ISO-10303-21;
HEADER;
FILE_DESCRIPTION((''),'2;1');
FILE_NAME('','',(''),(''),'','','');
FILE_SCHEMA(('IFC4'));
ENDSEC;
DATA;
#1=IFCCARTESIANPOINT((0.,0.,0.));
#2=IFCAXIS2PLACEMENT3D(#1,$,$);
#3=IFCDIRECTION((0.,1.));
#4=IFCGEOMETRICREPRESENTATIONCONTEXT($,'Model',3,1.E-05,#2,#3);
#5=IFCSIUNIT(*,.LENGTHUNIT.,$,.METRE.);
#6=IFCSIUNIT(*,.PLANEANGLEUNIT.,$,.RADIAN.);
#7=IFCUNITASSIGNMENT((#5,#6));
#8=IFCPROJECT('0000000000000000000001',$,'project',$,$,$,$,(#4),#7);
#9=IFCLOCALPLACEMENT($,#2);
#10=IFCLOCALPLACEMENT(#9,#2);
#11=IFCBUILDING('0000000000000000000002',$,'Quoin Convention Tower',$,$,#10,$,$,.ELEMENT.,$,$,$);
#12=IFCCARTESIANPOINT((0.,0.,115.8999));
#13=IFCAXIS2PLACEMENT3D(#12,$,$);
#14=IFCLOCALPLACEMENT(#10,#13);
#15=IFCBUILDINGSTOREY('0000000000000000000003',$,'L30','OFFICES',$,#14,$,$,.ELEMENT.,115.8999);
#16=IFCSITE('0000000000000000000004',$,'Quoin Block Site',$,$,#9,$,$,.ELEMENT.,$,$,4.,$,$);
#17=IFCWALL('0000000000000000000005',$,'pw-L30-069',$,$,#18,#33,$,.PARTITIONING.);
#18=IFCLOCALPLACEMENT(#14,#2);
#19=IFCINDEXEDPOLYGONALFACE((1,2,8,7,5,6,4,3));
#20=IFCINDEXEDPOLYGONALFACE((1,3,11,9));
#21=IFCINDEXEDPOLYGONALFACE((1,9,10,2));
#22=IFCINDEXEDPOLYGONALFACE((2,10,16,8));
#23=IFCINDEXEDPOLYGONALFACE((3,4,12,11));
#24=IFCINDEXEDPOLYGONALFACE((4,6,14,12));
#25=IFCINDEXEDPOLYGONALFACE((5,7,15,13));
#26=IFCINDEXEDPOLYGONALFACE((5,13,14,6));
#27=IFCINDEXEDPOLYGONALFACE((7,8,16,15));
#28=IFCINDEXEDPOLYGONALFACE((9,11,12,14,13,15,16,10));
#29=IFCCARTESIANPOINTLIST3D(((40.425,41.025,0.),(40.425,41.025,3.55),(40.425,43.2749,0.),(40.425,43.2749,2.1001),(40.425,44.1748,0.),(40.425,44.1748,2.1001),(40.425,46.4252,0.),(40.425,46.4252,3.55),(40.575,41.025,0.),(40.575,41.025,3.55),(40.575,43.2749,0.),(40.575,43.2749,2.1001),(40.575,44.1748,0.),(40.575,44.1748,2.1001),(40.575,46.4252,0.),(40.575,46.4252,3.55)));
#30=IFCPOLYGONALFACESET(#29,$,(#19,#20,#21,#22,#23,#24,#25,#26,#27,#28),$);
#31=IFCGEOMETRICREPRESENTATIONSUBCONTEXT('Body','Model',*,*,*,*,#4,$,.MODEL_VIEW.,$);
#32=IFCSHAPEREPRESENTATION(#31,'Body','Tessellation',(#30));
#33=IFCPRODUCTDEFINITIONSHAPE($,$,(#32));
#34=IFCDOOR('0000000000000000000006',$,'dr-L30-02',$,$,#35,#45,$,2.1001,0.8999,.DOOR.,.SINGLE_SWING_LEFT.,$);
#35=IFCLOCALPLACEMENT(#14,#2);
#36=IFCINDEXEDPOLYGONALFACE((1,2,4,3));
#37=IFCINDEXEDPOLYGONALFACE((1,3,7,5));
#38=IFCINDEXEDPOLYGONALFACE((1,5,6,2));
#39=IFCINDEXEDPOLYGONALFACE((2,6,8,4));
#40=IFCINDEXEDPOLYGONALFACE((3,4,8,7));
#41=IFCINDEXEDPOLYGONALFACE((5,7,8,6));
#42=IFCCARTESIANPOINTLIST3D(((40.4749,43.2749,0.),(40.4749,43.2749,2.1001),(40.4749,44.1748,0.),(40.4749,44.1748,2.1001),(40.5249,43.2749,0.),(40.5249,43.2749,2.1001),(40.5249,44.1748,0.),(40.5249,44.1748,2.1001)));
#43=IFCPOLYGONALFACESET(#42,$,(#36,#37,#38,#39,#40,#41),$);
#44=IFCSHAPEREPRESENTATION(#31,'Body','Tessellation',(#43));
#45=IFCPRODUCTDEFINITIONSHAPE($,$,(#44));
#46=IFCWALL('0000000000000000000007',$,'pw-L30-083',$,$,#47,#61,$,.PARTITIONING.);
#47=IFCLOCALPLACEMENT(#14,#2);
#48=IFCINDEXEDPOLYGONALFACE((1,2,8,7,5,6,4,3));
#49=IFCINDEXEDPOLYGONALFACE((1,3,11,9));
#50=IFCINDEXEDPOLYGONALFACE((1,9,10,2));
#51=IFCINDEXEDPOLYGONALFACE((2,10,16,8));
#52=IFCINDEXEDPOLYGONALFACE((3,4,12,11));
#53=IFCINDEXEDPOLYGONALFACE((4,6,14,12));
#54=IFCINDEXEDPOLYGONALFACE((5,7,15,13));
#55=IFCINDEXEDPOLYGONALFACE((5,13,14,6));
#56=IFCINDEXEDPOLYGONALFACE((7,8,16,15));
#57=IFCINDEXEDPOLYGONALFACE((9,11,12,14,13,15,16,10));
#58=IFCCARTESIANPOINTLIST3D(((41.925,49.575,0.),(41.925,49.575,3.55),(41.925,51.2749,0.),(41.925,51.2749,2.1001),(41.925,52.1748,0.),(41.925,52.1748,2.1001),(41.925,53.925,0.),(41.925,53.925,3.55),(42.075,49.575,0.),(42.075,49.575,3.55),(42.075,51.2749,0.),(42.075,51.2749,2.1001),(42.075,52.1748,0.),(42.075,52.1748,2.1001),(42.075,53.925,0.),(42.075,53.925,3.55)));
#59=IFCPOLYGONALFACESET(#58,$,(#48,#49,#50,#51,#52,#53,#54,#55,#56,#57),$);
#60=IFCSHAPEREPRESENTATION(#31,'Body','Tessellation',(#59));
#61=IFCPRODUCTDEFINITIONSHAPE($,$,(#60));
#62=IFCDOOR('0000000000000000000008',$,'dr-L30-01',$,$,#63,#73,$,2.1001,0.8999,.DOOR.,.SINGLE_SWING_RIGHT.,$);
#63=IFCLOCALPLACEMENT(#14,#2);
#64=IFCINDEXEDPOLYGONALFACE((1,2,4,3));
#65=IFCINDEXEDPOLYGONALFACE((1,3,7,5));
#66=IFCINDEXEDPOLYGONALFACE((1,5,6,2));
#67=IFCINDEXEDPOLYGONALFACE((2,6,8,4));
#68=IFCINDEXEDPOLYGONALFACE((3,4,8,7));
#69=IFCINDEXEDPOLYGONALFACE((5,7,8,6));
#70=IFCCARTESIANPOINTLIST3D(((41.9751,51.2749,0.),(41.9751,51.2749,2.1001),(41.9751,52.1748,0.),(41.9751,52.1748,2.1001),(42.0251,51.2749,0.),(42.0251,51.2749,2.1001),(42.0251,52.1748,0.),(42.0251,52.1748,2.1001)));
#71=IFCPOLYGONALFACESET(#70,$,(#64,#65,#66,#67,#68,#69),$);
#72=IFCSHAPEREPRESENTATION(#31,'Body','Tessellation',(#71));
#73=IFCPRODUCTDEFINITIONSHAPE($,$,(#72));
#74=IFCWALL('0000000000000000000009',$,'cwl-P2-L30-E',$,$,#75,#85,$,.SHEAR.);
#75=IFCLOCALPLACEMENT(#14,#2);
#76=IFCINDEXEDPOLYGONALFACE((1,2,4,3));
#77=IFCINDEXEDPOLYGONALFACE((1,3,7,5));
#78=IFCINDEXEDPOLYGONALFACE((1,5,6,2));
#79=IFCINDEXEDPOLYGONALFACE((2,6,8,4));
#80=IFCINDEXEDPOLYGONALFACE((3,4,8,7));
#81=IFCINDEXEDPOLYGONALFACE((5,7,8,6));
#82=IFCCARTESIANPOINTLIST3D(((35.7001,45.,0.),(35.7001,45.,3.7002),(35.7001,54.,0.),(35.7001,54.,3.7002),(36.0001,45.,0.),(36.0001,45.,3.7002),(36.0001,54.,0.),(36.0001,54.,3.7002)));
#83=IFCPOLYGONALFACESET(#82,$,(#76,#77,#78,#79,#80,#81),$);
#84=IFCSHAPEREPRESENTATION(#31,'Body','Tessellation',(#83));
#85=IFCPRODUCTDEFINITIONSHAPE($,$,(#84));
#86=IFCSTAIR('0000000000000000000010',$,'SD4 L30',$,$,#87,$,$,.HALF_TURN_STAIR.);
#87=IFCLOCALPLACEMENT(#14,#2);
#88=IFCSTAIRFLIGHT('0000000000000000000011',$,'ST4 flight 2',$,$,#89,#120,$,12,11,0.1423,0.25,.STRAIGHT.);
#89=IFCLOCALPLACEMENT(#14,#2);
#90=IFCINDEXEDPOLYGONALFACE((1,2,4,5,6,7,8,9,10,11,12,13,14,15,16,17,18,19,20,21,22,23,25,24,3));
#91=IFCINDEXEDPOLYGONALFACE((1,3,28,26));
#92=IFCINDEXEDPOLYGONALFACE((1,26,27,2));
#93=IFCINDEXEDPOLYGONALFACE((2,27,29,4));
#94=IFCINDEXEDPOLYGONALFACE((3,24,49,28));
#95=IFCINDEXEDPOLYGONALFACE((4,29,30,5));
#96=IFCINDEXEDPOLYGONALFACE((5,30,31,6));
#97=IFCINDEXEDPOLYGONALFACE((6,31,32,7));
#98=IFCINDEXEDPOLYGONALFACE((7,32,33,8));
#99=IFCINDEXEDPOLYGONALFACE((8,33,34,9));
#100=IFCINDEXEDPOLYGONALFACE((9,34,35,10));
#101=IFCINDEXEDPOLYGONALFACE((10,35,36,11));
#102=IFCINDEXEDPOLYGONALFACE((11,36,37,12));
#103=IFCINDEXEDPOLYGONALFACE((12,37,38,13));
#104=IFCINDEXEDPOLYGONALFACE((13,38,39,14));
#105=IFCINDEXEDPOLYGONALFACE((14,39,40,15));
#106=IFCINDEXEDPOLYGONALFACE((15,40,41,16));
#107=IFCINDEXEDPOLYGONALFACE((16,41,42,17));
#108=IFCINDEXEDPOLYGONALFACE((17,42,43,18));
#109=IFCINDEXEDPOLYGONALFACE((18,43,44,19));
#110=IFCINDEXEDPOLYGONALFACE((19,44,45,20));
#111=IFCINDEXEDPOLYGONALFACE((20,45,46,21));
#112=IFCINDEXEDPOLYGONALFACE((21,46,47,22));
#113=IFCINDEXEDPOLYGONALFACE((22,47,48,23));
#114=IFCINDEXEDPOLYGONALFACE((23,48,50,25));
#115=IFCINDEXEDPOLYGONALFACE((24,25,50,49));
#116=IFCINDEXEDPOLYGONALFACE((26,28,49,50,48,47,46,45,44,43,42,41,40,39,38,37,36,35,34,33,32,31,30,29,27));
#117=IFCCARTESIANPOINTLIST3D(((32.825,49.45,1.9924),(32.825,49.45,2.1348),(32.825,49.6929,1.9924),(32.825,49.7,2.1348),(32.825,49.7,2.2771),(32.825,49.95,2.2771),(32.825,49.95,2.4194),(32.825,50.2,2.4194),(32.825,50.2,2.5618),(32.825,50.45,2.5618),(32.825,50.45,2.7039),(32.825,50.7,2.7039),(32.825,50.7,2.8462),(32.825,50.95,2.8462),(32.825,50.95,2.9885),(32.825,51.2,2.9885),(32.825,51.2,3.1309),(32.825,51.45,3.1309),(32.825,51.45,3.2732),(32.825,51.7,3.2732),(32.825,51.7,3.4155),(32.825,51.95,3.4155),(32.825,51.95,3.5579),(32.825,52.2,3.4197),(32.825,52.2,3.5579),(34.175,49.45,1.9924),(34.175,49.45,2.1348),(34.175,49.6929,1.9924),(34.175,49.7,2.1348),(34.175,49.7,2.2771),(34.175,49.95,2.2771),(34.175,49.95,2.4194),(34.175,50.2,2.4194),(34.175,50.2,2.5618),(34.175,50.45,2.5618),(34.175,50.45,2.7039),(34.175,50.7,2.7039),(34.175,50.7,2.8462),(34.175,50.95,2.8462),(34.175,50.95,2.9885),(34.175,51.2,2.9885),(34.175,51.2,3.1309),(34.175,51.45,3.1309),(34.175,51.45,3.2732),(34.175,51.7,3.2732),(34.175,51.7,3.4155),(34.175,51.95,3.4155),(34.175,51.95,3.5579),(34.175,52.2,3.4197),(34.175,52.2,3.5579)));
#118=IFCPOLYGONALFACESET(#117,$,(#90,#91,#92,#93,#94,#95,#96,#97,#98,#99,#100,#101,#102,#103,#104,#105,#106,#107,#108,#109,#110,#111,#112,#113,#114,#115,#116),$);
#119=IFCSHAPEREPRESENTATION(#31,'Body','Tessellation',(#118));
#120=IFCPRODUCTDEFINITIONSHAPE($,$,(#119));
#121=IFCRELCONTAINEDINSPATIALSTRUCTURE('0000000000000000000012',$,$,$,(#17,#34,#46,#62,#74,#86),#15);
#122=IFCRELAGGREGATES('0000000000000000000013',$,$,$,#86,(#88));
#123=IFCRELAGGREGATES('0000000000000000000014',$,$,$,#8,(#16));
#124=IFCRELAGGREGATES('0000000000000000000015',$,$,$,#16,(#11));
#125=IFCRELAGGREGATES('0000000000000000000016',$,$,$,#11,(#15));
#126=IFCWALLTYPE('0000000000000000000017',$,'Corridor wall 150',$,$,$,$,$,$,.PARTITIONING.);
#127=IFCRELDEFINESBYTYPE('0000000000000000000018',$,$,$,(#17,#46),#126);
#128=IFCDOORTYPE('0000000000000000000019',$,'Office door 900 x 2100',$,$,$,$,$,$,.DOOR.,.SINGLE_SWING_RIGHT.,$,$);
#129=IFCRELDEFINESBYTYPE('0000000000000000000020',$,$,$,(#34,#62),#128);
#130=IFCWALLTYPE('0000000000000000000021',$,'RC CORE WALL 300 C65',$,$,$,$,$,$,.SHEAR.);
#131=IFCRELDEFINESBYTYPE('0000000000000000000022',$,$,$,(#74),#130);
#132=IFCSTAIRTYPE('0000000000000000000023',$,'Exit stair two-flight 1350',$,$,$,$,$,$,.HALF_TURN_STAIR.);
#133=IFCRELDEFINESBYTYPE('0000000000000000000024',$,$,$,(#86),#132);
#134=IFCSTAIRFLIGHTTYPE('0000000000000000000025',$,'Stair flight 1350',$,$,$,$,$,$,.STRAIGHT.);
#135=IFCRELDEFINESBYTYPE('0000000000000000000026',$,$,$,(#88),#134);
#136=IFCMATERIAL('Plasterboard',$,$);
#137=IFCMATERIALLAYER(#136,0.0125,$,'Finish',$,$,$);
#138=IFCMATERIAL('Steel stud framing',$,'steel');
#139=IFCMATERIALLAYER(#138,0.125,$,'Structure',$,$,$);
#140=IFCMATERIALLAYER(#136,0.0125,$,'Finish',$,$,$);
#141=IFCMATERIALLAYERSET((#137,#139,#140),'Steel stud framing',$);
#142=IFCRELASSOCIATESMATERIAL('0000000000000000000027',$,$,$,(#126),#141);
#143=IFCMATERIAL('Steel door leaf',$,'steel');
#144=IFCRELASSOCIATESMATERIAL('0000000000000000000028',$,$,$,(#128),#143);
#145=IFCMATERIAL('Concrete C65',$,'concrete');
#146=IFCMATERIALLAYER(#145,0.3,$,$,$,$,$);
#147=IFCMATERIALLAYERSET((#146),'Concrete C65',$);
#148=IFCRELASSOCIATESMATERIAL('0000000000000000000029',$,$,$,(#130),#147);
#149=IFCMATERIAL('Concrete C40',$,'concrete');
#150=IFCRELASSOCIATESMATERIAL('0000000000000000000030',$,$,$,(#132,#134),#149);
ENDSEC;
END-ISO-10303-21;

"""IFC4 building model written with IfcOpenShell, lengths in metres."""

from ifc_helpers import new_model, si_unit, direction, frame, frame_2d, origin, place, context, subcontext, project, spatial, polyline, rectangle, outline, extrude, material, layer, layer_set, type_object, element, fill, aggregate, save


model = new_model("IFC4")

# Units and contexts
model_context = context("Model", 3, precision=1e-05, world=origin(), true_north=direction((0.0, 1.0)))
body_context = subcontext(model_context, "Body", "Model", "MODEL_VIEW")
ifc_project = project(units=[si_unit("LENGTHUNIT", "METRE"), si_unit("PLANEANGLEUNIT", "RADIAN")], contexts=[model_context])

# Site, building, storey
site_placement = place(None, origin())
site = spatial("IfcSite", under=ifc_project, at=site_placement, Name="Quoin Block Site", CompositionType="ELEMENT", RefElevation=4.0)
building_placement = place(site_placement, origin())
building = spatial("IfcBuilding", under=site, at=building_placement, Name="Quoin Convention Tower", CompositionType="ELEMENT")
storey_placement = place(building_placement, frame((0.0, 0.0, 115.8999)))
storey = spatial("IfcBuildingStorey", under=building, at=storey_placement, Name="L30", Description="OFFICES", CompositionType="ELEMENT", Elevation=115.8999)

# Shared definitions
ifc_material_1 = material(Name="Concrete C65", Category="concrete")

# Shared definitions
ifc_material_2 = material(Name="Plasterboard")
ifc_layer_1 = layer(ifc_material_2, 0.0125, Name="Finish")
ifc_material_3 = material(Name="Steel stud framing", Category="steel")
ifc_layer_2 = layer(ifc_material_3, 0.125, Name="Structure")
ifc_layer_3 = layer(ifc_material_2, 0.0125, Name="Finish")
ifc_layer_set_1 = layer_set([ifc_layer_1, ifc_layer_2, ifc_layer_3], Name="Steel stud framing")
wall_type_1 = type_object("IfcWallType", Name="Corridor wall 150", PredefinedType="PARTITIONING", material=ifc_layer_set_1)

# Walls, openings, doors
wall_1_placement = place(storey_placement, frame((40.5, 41.0249, 0.0), z_axis=(0.0, 0.0, 1.0), x_axis=(0.0, 1.0, 0.0)))
wall_1 = element("IfcWall", 1, at=wall_1_placement, inside=storey, type_object=wall_type_1, Name="pw-L30-069", PredefinedType="PARTITIONING", context=body_context, shape_type="SweptSolid", body=[
    extrude(rectangle(XDim=5.4001, YDim=0.1499, at=frame_2d((2.7002, 0.0))), origin(), (0.0, 0.0, 1.0), 3.55),
])
opening_1_placement = place(wall_1_placement, frame((2.25, 0.0, 0.0)))
opening_1 = element("IfcOpeningElement", 2, at=opening_1_placement, cuts=wall_1, PredefinedType="OPENING", context=body_context, shape_type="SweptSolid", body=[
    extrude(rectangle(XDim=0.8999, YDim=2.1001, at=frame_2d((0.45, 1.05))), frame((0.0, 0.085, 0.0), z_axis=(0.0, -1.0, 0.0), x_axis=(1.0, 0.0, 0.0)), (0.0, 0.0, 1.0), 0.1699),
])
ifc_material_4 = material(Name="Steel door leaf", Category="steel")
door_type = type_object("IfcDoorType", Name="Office door 900 x 2100", OperationType="SINGLE_SWING_RIGHT", PredefinedType="DOOR", material=ifc_material_4)
door_1_placement = place(opening_1_placement, frame((0.8999, 0.0, 0.0), z_axis=(0.0, 0.0, 1.0), x_axis=(-1.0, 0.0, 0.0)))
door_1 = element("IfcDoor", 3, at=door_1_placement, inside=storey, type_object=door_type, Name="dr-L30-02", OperationType="SINGLE_SWING_LEFT", OverallHeight=2.1001, OverallWidth=0.8999, PredefinedType="DOOR", context=body_context, shape_type="SweptSolid", body=[
    extrude(rectangle(XDim=0.8999, YDim=2.1001, at=frame_2d((0.45, 1.05))), frame((0.0, 0.0249, 0.0), z_axis=(0.0, -1.0, 0.0), x_axis=(1.0, 0.0, 0.0)), (0.0, 0.0, 1.0), 0.05),
])
fill(opening_1, door_1)
wall_2_placement = place(storey_placement, frame((42.0, 49.575, 0.0), z_axis=(0.0, 0.0, 1.0), x_axis=(0.0, 1.0, 0.0)))
wall_2 = element("IfcWall", 4, at=wall_2_placement, inside=storey, type_object=wall_type_1, Name="pw-L30-083", PredefinedType="PARTITIONING", context=body_context, shape_type="SweptSolid", body=[
    extrude(rectangle(XDim=4.3501, YDim=0.1499, at=frame_2d((2.175, 0.0))), origin(), (0.0, 0.0, 1.0), 3.55),
])
opening_2_placement = place(wall_2_placement, frame((1.7, 0.0, 0.0)))
opening_2 = element("IfcOpeningElement", 5, at=opening_2_placement, cuts=wall_2, PredefinedType="OPENING", context=body_context, shape_type="SweptSolid", body=[
    extrude(rectangle(XDim=0.8999, YDim=2.1001, at=frame_2d((0.45, 1.05))), frame((0.0, 0.085, 0.0), z_axis=(0.0, -1.0, 0.0), x_axis=(1.0, 0.0, 0.0)), (0.0, 0.0, 1.0), 0.1699),
])
door_2_placement = place(opening_2_placement, origin())
door_2 = element("IfcDoor", 6, at=door_2_placement, inside=storey, type_object=door_type, Name="dr-L30-01", OperationType="SINGLE_SWING_RIGHT", OverallHeight=2.1001, OverallWidth=0.8999, PredefinedType="DOOR", context=body_context, shape_type="SweptSolid", body=[
    extrude(rectangle(XDim=0.8999, YDim=2.1001, at=frame_2d((0.45, 1.05))), frame((0.0, 0.0249, 0.0), z_axis=(0.0, -1.0, 0.0), x_axis=(1.0, 0.0, 0.0)), (0.0, 0.0, 1.0), 0.05),
])
fill(opening_2, door_2)

# Wall
ifc_layer_4 = layer(ifc_material_1, 0.3)
ifc_layer_set_2 = layer_set([ifc_layer_4], Name="Concrete C65")
wall_type_2 = type_object("IfcWallType", Name="RC CORE WALL 300 C65", PredefinedType="SHEAR", material=ifc_layer_set_2)
wall_3_placement = place(storey_placement, frame((35.8501, 45.0, 0.0), z_axis=(0.0, 0.0, 1.0), x_axis=(0.0, 1.0, 0.0)))
element("IfcWall", 7, at=wall_3_placement, inside=storey, type_object=wall_type_2, Name="cwl-P2-L30-E", PredefinedType="SHEAR", context=body_context, shape_type="SweptSolid", body=[
    extrude(rectangle(XDim=9.0, YDim=0.3, at=frame_2d((4.5, 0.0))), origin(), (0.0, 0.0, 1.0), 3.7002),
])

# Stair, stair flight
ifc_material_5 = material(Name="Concrete C40", Category="concrete")
stair_type = type_object("IfcStairType", Name="Exit stair two-flight 1350", PredefinedType="HALF_TURN_STAIR", material=ifc_material_5)
stair_placement = place(storey_placement, origin())
stair = element("IfcStair", 8, at=stair_placement, inside=storey, type_object=stair_type, Name="SD4 L30", PredefinedType="HALF_TURN_STAIR")
stair_flight_type = type_object("IfcStairFlightType", Name="Stair flight 1350", PredefinedType="STRAIGHT", material=ifc_material_5)
stair_flight_placement = place(storey_placement, frame((33.5, 49.45, 1.9924), z_axis=(0.0, 0.0, 1.0), x_axis=(0.0, 1.0, 0.0)))
stair_flight = element("IfcStairFlight", 9, at=stair_flight_placement, type_object=stair_flight_type, Name="ST4 flight 2", NumberOfRisers=12, NumberOfTreads=11, PredefinedType="STRAIGHT", RiserHeight=0.1423, TreadLength=0.25, context=body_context, shape_type="SweptSolid", body=[
    extrude(outline(polyline([(0.0, 0.0), (0.0, 0.1423), (0.25, 0.1423), (0.25, 0.2847), (0.5, 0.2847), (0.5, 0.427), (0.75, 0.427), (0.75, 0.5693), (1.0, 0.5693), (1.0, 0.7114), (1.25, 0.7114), (1.25, 0.8538), (1.5, 0.8538), (1.5, 0.9961), (1.75, 0.9961), (1.75, 1.1384), (2.0, 1.1384), (2.0, 1.2808), (2.25, 1.2808), (2.25, 1.4231), (2.5, 1.4231), (2.5, 1.5654), (2.75, 1.5654), (2.75, 1.7078), (2.75, 1.4272), (0.2429, 0.0), (0.0, 0.0)])), frame((0.0, 0.675, 0.0), z_axis=(0.0, -1.0, 0.0), x_axis=(1.0, 0.0, 0.0)), (0.0, 0.0, 1.0), 1.3501),
])
aggregate(stair, [stair_flight])

save(model, "model.ifc")
